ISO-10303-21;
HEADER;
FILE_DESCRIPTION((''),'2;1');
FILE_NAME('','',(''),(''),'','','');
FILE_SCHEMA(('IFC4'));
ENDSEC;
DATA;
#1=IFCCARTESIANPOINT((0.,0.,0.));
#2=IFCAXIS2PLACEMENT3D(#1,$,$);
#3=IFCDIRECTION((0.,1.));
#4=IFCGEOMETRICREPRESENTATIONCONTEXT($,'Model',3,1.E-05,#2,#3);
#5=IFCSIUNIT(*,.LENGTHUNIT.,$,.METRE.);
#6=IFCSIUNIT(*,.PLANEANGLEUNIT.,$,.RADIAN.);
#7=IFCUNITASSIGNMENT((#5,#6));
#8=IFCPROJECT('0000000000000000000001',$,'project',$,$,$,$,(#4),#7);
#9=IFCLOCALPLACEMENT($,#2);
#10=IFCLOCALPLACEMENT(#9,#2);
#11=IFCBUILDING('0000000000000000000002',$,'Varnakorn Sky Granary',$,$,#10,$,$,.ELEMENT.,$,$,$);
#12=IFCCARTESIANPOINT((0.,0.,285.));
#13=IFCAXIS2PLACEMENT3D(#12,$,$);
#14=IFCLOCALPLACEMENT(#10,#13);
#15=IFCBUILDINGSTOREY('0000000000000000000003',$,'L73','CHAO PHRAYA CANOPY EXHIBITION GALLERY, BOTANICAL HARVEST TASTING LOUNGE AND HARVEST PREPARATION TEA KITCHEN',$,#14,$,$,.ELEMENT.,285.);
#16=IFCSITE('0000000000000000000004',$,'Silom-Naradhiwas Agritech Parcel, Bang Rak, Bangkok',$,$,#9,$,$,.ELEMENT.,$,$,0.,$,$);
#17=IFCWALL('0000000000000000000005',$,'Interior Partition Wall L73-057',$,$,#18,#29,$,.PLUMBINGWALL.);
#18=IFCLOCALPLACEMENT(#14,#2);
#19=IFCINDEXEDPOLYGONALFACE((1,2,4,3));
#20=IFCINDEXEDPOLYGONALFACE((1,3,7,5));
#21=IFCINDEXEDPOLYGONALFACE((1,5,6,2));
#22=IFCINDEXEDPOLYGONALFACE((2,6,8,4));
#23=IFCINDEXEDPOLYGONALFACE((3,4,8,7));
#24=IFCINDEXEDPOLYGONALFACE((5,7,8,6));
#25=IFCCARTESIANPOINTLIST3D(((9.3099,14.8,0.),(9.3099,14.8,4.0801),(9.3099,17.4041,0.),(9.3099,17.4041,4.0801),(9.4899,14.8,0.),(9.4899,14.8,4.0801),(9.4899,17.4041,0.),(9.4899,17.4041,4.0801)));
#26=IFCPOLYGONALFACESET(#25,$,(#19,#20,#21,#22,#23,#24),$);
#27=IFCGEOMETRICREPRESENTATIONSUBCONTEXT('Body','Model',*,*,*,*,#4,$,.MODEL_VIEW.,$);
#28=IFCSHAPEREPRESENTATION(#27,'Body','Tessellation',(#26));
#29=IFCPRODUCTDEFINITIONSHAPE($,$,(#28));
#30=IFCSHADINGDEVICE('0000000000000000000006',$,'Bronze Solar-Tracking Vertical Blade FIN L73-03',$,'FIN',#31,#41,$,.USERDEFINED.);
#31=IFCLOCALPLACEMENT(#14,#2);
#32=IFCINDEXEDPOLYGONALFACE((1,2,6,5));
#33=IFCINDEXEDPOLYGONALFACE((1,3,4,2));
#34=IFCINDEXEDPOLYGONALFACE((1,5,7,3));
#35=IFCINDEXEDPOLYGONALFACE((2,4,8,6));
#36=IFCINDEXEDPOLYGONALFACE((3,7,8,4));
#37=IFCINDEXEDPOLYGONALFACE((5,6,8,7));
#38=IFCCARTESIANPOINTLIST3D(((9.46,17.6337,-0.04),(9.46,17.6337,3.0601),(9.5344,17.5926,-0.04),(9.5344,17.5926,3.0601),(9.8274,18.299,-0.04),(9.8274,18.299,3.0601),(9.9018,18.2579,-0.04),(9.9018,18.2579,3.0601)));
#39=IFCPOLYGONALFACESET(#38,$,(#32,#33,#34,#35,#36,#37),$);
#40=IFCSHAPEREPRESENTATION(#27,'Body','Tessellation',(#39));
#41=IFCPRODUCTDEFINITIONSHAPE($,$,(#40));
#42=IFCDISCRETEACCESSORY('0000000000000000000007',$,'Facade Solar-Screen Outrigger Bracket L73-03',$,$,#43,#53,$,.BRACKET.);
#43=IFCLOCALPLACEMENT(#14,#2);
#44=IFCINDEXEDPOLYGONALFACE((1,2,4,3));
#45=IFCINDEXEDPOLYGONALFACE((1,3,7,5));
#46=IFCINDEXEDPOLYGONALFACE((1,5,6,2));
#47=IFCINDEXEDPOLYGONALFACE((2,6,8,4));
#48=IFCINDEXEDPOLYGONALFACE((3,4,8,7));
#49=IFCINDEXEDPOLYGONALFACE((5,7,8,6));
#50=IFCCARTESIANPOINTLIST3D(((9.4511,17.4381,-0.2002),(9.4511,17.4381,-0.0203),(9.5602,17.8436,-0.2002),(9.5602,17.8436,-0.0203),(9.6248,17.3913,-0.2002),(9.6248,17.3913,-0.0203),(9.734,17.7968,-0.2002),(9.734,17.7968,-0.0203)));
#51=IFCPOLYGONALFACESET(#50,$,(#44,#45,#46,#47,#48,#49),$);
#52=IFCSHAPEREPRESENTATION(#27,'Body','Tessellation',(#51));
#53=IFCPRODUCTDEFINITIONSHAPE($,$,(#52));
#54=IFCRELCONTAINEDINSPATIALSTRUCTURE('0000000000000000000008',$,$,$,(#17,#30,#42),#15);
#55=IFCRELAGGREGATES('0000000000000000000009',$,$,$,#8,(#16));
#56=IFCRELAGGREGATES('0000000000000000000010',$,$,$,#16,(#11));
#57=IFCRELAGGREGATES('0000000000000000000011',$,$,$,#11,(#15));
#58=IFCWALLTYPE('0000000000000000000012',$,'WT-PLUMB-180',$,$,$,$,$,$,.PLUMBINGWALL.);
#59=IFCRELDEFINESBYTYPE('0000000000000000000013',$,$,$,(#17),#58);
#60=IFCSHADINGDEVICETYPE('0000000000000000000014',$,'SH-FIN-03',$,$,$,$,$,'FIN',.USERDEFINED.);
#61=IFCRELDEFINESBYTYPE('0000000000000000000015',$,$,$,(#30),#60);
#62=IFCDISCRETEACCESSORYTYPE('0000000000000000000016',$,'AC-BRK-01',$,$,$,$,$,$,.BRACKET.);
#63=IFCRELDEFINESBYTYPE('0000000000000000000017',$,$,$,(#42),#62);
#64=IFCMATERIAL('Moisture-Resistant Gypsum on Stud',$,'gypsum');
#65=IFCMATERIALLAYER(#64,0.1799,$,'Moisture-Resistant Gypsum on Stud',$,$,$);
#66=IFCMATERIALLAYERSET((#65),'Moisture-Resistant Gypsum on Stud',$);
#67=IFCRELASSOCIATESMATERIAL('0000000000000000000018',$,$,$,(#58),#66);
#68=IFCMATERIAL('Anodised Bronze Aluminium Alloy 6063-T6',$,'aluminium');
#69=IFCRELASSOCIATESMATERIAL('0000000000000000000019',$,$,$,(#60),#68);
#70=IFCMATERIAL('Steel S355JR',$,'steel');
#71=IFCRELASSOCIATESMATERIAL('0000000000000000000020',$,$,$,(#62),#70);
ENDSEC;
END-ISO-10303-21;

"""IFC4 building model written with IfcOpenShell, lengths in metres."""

from ifc_helpers import new_model, si_unit, direction, frame, frame_2d, origin, origin_2d, place, context, subcontext, project, spatial, rectangle, extrude, source, transform, mapped, material, layer, layer_set, type_object, type_shapes, element, save


model = new_model("IFC4")

# Units and contexts
model_context = context("Model", 3, precision=1e-05, world=origin(), true_north=direction((0.0, 1.0)))
body_context = subcontext(model_context, "Body", "Model", "MODEL_VIEW")
ifc_project = project(units=[si_unit("LENGTHUNIT", "METRE"), si_unit("PLANEANGLEUNIT", "RADIAN")], contexts=[model_context])

# Site, building, storey
site_placement = place(None, origin())
site = spatial("IfcSite", under=ifc_project, at=site_placement, Name="Silom-Naradhiwas Agritech Parcel, Bang Rak, Bangkok", CompositionType="ELEMENT", RefElevation=0.0)
building_placement = place(site_placement, origin())
building = spatial("IfcBuilding", under=site, at=building_placement, Name="Varnakorn Sky Granary", CompositionType="ELEMENT")
storey_placement = place(building_placement, frame((0.0, 0.0, 285.0)))
storey = spatial("IfcBuildingStorey", under=building, at=storey_placement, Name="L73", Description="CHAO PHRAYA CANOPY EXHIBITION GALLERY, BOTANICAL HARVEST TASTING LOUNGE AND HARVEST PREPARATION TEA KITCHEN", CompositionType="ELEMENT", Elevation=285.0)

# Shared definitions
ifc_material_1 = material(Name="Steel S355JR", Category="steel")

# Shared definitions
ifc_material_2 = material(Name="Anodised Bronze Aluminium Alloy 6063-T6", Category="aluminium")

# Wall
ifc_material_3 = material(Name="Moisture-Resistant Gypsum on Stud", Category="gypsum")
ifc_layer_1 = layer(ifc_material_3, 0.1799, Name="Moisture-Resistant Gypsum on Stud")
ifc_layer_set_1 = layer_set([ifc_layer_1], Name="Moisture-Resistant Gypsum on Stud")
wall_type_1 = type_object("IfcWallType", Name="WT-PLUMB-180", PredefinedType="PLUMBINGWALL", material=ifc_layer_set_1)
wall_1_placement = place(storey_placement, frame((9.3999, 14.8, 0.0), z_axis=(0.0, 0.0, 1.0), x_axis=(0.0, 1.0, 0.0)))
element("IfcWall", 1, at=wall_1_placement, inside=storey, type_object=wall_type_1, Name="Interior Partition Wall L73-057", PredefinedType="PLUMBINGWALL", context=body_context, shape_type="SweptSolid", body=[
    extrude(rectangle(XDim=2.604, YDim=0.1799, at=frame_2d((1.302, 0.0))), origin(), (0.0, 0.0, 1.0), 4.0801),
])

# Shading device
shading_device_type = type_object("IfcShadingDeviceType", Name="SH-FIN-03", ElementType="FIN", PredefinedType="USERDEFINED", material=ifc_material_2)
shared_shape_1 = source(origin(), body_context, "Body", "SweptSolid", [
    extrude(rectangle(XDim=0.085, YDim=0.76, at=origin_2d()), origin(), (0.0, 0.0, 1.0), 3.1001),
])
type_shapes(shading_device_type, [shared_shape_1])
shading_device_placement = place(storey_placement, frame((9.6809, 17.9458, -0.04), z_axis=(0.0, 0.0, 1.0), x_axis=(-0.875429, 0.483347, 0.0)))
element("IfcShadingDevice", 2, at=shading_device_placement, inside=storey, type_object=shading_device_type, Name="Bronze Solar-Tracking Vertical Blade FIN L73-03", ObjectType="FIN", PredefinedType="USERDEFINED", context=body_context, shape_type="MappedRepresentation", body=[
    mapped(shared_shape_1, transform((0.0, 0.0, 0.0), x_axis=(1.0, 0.0, 0.0), y_axis=(0.0, 1.0, 0.0), z_axis=(0.0, 0.0, 1.0), scale=1.0)),
])

# Discrete accessory
discrete_accessory_type = type_object("IfcDiscreteAccessoryType", Name="AC-BRK-01", PredefinedType="BRACKET", material=ifc_material_1)
shared_shape_2 = source(origin(), body_context, "Body", "SweptSolid", [
    extrude(rectangle(XDim=0.1799, YDim=0.4199, at=origin_2d()), origin(), (0.0, 0.0, 1.0), 0.1799),
])
type_shapes(discrete_accessory_type, [shared_shape_2])
discrete_accessory_placement = place(storey_placement, frame((9.5925, 17.6174, -0.2002), z_axis=(0.0, 0.0, 1.0), x_axis=(-0.965625, 0.259939, 0.0)))
element("IfcDiscreteAccessory", 3, at=discrete_accessory_placement, inside=storey, type_object=discrete_accessory_type, Name="Facade Solar-Screen Outrigger Bracket L73-03", PredefinedType="BRACKET", context=body_context, shape_type="MappedRepresentation", body=[
    mapped(shared_shape_2, transform((0.0, 0.0, 0.0), x_axis=(1.0, 0.0, 0.0), y_axis=(0.0, 1.0, 0.0), z_axis=(0.0, 0.0, 1.0), scale=1.0)),
])

save(model, "model.ifc")
